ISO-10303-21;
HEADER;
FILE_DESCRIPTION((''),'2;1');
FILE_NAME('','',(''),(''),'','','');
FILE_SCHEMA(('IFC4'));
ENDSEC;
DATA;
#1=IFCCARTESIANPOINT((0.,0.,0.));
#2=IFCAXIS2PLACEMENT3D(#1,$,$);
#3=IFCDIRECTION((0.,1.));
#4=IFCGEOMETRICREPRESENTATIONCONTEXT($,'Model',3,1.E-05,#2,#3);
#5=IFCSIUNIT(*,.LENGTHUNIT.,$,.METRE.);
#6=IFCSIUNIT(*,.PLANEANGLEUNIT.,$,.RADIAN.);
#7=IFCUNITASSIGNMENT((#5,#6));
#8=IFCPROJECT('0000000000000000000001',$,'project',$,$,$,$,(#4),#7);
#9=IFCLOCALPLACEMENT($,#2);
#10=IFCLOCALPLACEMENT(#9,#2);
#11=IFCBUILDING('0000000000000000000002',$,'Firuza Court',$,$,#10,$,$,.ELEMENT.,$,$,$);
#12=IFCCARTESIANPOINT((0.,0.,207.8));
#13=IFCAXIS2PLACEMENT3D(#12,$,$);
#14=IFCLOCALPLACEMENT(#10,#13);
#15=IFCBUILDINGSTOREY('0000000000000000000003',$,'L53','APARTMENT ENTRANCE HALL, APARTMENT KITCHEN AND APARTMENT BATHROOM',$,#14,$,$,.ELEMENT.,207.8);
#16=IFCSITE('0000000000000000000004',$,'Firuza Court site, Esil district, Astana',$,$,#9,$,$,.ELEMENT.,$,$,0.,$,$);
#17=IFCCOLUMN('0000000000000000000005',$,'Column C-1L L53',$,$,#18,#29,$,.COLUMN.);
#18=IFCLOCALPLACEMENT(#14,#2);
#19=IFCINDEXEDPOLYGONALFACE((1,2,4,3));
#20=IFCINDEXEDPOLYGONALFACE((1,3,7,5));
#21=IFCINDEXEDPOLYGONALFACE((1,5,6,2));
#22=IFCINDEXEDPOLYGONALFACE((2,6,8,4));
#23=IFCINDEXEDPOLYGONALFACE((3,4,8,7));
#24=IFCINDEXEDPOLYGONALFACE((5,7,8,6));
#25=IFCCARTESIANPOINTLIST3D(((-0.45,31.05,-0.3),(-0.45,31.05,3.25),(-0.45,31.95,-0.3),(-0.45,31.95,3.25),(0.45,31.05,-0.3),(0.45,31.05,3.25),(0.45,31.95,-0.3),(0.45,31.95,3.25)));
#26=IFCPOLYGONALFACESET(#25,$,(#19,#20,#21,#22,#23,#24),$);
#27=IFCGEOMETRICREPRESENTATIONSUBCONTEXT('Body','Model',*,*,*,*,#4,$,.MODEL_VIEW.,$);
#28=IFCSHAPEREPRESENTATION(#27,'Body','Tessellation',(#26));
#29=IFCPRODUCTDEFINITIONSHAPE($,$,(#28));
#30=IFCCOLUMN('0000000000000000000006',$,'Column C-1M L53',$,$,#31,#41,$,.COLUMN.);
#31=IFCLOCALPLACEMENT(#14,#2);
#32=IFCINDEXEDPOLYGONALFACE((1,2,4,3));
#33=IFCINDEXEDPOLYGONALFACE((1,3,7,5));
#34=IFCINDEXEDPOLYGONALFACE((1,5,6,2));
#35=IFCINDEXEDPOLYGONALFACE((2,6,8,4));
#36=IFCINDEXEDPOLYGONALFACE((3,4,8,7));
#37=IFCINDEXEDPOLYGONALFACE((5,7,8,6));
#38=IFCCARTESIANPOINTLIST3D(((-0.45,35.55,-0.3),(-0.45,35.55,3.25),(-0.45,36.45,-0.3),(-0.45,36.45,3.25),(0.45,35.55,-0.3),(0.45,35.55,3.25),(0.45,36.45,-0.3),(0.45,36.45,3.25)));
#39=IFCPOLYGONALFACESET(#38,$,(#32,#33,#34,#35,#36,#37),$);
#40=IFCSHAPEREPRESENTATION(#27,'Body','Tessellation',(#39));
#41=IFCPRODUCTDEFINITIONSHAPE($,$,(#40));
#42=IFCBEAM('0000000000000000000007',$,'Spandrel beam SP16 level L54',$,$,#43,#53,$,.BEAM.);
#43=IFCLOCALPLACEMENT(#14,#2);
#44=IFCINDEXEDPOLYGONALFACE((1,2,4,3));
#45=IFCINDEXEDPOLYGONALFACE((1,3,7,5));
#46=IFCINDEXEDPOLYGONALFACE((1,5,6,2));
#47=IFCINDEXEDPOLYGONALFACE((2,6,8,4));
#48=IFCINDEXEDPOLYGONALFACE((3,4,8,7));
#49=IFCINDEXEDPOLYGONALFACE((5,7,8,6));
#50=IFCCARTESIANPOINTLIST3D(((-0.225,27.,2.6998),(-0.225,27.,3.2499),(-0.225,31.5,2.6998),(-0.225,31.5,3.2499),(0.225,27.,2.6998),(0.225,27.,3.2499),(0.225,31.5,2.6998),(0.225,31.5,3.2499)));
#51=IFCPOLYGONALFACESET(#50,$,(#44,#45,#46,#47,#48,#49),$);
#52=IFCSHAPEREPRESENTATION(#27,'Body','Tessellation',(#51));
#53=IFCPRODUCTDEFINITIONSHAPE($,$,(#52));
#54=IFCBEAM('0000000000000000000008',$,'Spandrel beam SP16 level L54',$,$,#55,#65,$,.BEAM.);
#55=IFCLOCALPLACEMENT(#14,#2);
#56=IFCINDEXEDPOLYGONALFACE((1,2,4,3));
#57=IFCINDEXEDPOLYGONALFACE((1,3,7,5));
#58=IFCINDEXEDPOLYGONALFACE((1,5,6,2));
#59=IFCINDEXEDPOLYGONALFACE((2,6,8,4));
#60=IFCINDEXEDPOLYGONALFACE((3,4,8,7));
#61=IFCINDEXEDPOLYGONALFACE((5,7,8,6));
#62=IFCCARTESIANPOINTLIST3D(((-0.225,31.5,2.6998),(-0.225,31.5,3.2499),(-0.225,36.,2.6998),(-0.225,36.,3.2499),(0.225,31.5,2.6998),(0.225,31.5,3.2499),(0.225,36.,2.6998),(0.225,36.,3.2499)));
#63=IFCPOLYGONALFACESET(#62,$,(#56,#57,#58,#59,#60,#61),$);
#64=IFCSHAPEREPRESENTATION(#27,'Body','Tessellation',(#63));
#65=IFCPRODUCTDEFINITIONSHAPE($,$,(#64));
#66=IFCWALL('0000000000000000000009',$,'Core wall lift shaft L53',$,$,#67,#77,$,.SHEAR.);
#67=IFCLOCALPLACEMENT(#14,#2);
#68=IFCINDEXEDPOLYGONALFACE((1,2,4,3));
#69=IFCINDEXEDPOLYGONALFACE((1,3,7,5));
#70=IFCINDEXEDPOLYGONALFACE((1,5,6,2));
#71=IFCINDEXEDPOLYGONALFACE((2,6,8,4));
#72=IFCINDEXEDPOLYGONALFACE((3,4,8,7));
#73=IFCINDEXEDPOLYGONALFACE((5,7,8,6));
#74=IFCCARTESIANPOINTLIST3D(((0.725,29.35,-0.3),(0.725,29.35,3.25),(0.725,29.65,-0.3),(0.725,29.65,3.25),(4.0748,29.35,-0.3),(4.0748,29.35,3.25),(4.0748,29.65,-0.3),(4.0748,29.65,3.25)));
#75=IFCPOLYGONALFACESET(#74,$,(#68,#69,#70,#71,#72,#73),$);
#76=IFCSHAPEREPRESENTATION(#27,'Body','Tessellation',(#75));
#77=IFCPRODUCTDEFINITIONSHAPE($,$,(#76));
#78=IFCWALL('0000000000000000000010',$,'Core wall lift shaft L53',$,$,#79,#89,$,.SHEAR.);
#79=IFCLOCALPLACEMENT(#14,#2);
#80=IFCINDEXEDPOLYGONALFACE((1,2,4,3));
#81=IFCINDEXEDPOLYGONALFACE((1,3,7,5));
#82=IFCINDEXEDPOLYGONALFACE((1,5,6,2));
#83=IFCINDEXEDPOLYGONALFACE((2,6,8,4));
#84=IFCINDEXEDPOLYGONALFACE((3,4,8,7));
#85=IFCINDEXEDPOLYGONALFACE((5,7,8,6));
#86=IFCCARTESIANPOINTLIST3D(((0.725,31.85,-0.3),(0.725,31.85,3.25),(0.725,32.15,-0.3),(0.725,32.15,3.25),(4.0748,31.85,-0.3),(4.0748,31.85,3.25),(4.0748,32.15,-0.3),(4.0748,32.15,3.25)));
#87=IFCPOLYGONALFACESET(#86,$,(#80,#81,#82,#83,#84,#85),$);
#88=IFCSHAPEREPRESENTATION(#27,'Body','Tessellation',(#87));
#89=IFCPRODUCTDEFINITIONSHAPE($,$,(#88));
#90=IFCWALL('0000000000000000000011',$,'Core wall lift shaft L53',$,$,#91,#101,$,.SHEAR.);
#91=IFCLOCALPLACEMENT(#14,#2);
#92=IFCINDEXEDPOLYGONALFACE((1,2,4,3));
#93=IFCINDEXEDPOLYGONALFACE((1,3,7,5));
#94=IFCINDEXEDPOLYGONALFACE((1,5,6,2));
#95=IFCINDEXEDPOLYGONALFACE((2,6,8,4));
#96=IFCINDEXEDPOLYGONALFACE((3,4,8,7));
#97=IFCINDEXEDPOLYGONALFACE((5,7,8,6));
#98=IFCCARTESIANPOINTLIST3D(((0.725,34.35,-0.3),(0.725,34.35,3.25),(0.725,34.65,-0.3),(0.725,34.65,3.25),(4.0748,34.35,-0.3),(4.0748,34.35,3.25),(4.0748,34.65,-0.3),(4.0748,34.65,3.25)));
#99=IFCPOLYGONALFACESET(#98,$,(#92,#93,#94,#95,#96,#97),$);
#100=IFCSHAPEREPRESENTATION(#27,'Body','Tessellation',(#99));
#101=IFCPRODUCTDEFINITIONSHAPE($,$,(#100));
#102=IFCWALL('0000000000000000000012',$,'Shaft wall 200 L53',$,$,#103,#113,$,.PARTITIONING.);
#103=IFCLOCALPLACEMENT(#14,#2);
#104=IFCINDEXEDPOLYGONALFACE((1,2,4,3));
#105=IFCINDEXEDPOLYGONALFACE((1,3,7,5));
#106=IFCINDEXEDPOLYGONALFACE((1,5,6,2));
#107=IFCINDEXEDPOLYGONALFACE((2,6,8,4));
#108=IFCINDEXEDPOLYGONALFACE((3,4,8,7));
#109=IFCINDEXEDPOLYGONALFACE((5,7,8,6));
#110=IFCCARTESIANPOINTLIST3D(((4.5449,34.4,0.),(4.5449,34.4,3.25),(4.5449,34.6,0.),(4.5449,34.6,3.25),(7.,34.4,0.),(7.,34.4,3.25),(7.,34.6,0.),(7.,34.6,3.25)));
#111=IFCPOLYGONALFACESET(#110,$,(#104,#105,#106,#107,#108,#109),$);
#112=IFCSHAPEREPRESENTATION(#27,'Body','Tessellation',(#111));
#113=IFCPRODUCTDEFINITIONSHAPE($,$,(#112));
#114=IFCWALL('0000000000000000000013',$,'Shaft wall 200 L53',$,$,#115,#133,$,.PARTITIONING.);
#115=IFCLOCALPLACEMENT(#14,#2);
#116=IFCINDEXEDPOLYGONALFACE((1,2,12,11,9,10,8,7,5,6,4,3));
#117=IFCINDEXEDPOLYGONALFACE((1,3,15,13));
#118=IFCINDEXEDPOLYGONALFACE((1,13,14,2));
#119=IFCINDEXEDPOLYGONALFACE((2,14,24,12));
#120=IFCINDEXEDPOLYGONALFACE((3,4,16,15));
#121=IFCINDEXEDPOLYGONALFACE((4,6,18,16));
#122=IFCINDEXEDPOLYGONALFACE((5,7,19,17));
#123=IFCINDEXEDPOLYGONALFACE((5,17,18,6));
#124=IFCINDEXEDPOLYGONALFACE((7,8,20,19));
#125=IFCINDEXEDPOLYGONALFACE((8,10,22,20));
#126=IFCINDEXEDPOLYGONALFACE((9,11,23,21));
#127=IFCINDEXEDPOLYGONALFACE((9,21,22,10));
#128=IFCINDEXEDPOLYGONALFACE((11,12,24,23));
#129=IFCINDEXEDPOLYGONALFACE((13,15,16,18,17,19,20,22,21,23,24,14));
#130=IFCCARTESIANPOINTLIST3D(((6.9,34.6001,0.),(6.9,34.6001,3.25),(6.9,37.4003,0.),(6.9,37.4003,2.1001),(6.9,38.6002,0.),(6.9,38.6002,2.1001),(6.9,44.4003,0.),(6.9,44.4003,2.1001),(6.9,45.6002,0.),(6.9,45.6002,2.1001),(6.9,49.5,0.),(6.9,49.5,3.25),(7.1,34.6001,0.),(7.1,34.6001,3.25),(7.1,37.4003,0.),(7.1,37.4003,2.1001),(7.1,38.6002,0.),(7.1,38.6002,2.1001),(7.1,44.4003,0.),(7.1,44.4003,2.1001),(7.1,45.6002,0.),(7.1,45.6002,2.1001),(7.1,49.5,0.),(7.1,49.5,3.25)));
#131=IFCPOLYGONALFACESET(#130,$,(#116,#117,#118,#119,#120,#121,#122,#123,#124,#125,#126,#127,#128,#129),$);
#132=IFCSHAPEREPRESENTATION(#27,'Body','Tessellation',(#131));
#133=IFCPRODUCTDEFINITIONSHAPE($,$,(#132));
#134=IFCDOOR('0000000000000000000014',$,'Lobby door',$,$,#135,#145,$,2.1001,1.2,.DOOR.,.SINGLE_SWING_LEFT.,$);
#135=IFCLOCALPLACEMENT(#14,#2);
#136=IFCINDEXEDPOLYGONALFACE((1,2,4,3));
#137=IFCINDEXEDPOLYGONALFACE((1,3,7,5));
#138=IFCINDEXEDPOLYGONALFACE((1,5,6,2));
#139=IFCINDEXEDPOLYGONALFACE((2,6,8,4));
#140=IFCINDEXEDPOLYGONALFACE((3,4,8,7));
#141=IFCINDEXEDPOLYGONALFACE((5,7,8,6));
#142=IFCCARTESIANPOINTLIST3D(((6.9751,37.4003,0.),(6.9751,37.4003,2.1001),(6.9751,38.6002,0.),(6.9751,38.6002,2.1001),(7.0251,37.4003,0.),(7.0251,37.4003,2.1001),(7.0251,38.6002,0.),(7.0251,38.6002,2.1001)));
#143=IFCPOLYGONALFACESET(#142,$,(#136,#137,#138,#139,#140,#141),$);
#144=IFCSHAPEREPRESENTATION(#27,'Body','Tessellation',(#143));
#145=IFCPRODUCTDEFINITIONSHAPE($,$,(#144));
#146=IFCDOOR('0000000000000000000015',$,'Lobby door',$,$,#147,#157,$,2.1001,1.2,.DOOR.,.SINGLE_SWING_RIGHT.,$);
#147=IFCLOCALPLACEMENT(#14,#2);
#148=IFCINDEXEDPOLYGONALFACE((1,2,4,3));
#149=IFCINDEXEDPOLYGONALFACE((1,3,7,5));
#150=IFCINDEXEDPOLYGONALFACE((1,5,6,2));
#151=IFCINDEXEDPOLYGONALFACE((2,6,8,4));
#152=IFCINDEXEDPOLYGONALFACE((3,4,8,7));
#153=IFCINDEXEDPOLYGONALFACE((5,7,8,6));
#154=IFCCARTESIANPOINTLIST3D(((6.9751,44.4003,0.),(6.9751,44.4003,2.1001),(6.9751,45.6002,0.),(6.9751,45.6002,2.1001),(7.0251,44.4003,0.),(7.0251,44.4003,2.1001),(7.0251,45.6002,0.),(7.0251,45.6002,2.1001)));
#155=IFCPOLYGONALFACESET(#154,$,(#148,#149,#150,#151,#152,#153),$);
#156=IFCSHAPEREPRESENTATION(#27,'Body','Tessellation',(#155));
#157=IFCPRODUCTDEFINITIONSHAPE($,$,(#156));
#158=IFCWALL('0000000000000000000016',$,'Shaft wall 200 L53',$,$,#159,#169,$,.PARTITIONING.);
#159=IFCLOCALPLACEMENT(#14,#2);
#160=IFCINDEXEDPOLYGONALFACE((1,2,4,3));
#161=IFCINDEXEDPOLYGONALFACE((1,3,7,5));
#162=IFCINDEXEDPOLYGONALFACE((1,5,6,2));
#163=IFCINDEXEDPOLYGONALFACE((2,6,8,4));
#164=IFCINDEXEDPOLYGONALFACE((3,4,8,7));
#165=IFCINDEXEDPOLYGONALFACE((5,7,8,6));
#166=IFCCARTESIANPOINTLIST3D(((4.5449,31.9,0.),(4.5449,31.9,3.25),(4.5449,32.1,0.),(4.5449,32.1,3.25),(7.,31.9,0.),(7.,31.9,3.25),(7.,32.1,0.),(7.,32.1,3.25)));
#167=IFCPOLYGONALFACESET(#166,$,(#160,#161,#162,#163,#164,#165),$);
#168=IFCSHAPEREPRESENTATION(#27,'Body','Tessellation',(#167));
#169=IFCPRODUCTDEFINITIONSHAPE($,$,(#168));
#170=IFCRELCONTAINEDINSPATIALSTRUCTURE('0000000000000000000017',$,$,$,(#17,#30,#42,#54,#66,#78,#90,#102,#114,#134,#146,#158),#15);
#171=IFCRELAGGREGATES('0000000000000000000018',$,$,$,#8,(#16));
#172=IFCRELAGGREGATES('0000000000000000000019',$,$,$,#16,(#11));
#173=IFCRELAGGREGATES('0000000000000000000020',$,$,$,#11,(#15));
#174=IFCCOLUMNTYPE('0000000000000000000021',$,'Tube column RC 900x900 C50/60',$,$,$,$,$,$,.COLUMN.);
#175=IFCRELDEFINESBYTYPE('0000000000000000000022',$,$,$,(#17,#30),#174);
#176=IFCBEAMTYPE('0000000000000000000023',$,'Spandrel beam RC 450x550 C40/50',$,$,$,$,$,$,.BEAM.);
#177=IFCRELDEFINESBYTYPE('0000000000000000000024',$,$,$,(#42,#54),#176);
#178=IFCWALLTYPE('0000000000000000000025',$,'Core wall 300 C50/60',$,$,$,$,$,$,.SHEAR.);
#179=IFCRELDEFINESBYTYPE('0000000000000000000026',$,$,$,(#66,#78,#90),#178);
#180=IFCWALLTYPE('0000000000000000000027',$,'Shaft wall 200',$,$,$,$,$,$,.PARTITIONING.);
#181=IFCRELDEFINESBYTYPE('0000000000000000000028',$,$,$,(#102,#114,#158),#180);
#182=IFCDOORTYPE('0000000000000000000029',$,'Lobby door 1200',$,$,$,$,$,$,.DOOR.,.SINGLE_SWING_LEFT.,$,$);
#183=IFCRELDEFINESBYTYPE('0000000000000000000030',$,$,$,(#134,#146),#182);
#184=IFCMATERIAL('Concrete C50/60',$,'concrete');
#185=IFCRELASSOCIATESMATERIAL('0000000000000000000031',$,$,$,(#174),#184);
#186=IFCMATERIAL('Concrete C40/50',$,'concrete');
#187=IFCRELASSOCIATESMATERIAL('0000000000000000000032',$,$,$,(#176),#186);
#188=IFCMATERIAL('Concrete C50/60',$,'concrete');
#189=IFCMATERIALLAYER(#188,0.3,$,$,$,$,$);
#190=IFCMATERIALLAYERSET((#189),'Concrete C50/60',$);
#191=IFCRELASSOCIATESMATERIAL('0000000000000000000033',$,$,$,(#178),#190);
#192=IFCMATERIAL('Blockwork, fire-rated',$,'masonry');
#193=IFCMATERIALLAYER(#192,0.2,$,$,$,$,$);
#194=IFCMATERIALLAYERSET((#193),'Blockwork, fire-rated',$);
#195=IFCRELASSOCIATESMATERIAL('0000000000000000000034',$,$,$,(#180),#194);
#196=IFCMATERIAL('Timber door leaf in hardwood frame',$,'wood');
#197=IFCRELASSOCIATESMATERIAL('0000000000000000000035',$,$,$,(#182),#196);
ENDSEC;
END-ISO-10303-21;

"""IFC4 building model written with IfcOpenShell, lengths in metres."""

from ifc_helpers import new_model, si_unit, direction, frame, frame_2d, origin, origin_2d, place, context, subcontext, project, spatial, rectangle, extrude, material, layer, layer_set, material_profile, profile_set, type_object, element, fill, save


model = new_model("IFC4")

# Units and contexts
model_context = context("Model", 3, precision=1e-05, world=origin(), true_north=direction((0.0, 1.0)))
body_context = subcontext(model_context, "Body", "Model", "MODEL_VIEW")
ifc_project = project(units=[si_unit("LENGTHUNIT", "METRE"), si_unit("PLANEANGLEUNIT", "RADIAN")], contexts=[model_context])

# Site, building, storey
site_placement = place(None, origin())
site = spatial("IfcSite", under=ifc_project, at=site_placement, Name="Firuza Court site, Esil district, Astana", CompositionType="ELEMENT", RefElevation=0.0)
building_placement = place(site_placement, origin())
building = spatial("IfcBuilding", under=site, at=building_placement, Name="Firuza Court", CompositionType="ELEMENT")
storey_placement = place(building_placement, frame((0.0, 0.0, 207.8)))
storey = spatial("IfcBuildingStorey", under=building, at=storey_placement, Name="L53", Description="APARTMENT ENTRANCE HALL, APARTMENT KITCHEN AND APARTMENT BATHROOM", CompositionType="ELEMENT", Elevation=207.8)

# Columns
ifc_material_1 = material(Name="Concrete C50/60", Category="concrete")
ifc_material_profile_1 = material_profile(ifc_material_1, rectangle(XDim=0.8999, YDim=0.8999, at=origin_2d()), Name="RC 900x900")
ifc_profile_set_1 = profile_set([ifc_material_profile_1], Name="Concrete C50/60")
column_type = type_object("IfcColumnType", Name="Tube column RC 900x900 C50/60", PredefinedType="COLUMN", material=ifc_profile_set_1)
for number, where, z_axis, x_axis, name in (
    (1, (0.0, 31.5, -0.3), (0.0, 0.0, 1.0), (1.0, 0.0, 0.0), "Column C-1L L53"),
    (2, (0.0, 36.0, -0.3), (0.0, 0.0, 1.0), (1.0, 0.0, 0.0), "Column C-1M L53"),
):
    element("IfcColumn", number, at=place(storey_placement, frame(where, z_axis=z_axis, x_axis=x_axis)), inside=storey, type_object=column_type, Name=name, PredefinedType="COLUMN", context=body_context, shape_type="SweptSolid", body=[
        extrude(rectangle(XDim=0.8999, YDim=0.8999, at=origin_2d()), origin(), (0.0, 0.0, 1.0), 3.55),
    ])

# Beams
ifc_material_2 = material(Name="Concrete C40/50", Category="concrete")
ifc_material_profile_2 = material_profile(ifc_material_2, rectangle(XDim=0.45, YDim=0.55, at=origin_2d()), Name="RC 450x550")
ifc_profile_set_2 = profile_set([ifc_material_profile_2], Name="Concrete C40/50")
beam_type = type_object("IfcBeamType", Name="Spandrel beam RC 450x550 C40/50", PredefinedType="BEAM", material=ifc_profile_set_2)
for number, where, z_axis, x_axis, name in (
    (3, (0.0, 31.5, 2.9749), (0.0, -1.0, 0.0), (1.0, 0.0, 0.0), "Spandrel beam SP16 level L54"),
    (4, (0.0, 36.0, 2.9749), (0.0, -1.0, 0.0), (1.0, 0.0, 0.0), "Spandrel beam SP16 level L54"),
):
    element("IfcBeam", number, at=place(storey_placement, frame(where, z_axis=z_axis, x_axis=x_axis)), inside=storey, type_object=beam_type, Name=name, PredefinedType="BEAM", context=body_context, shape_type="SweptSolid", body=[
        extrude(rectangle(XDim=0.45, YDim=0.55, at=origin_2d()), origin(), (0.0, 0.0, 1.0), 4.5),
    ])

# Walls
ifc_material_3 = material(Name="Concrete C50/60", Category="concrete")
ifc_layer_1 = layer(ifc_material_3, 0.3)
ifc_layer_set_1 = layer_set([ifc_layer_1], Name="Concrete C50/60")
wall_type_1 = type_object("IfcWallType", Name="Core wall 300 C50/60", PredefinedType="SHEAR", material=ifc_layer_set_1)
for number, where, z_axis, x_axis, name in (
    (5, (0.7251, 29.5, -0.3), (0.0, 0.0, 1.0), (1.0, 0.0, 0.0), "Core wall lift shaft L53"),
    (6, (0.7251, 32.0, -0.3), (0.0, 0.0, 1.0), (1.0, 0.0, 0.0), "Core wall lift shaft L53"),
    (7, (0.7251, 34.5, -0.3), (0.0, 0.0, 1.0), (1.0, 0.0, 0.0), "Core wall lift shaft L53"),
):
    element("IfcWall", number, at=place(storey_placement, frame(where, z_axis=z_axis, x_axis=x_axis)), inside=storey, type_object=wall_type_1, Name=name, PredefinedType="SHEAR", context=body_context, shape_type="SweptSolid", body=[
        extrude(rectangle(XDim=3.3499, YDim=0.3, at=frame_2d((1.6748, 0.0))), origin(), (0.0, 0.0, 1.0), 3.55),
    ])

# Wall
ifc_material_4 = material(Name="Blockwork, fire-rated", Category="masonry")
ifc_layer_2 = layer(ifc_material_4, 0.2)
ifc_layer_set_2 = layer_set([ifc_layer_2], Name="Blockwork, fire-rated")
wall_type_2 = type_object("IfcWallType", Name="Shaft wall 200", PredefinedType="PARTITIONING", material=ifc_layer_set_2)
wall_1_placement = place(storey_placement, frame((4.5449, 34.5, 0.0), z_axis=(0.0, 0.0, 1.0), x_axis=(1.0, 0.0, 0.0)))
element("IfcWall", 8, at=wall_1_placement, inside=storey, type_object=wall_type_2, Name="Shaft wall 200 L53", PredefinedType="PARTITIONING", context=body_context, shape_type="SweptSolid", body=[
    extrude(rectangle(XDim=2.4551, YDim=0.2, at=frame_2d((1.2275, 0.0))), origin(), (0.0, 0.0, 1.0), 3.25),
])

# Wall, openings, doors
wall_2_placement = place(storey_placement, frame((7.0, 34.6001, 0.0), z_axis=(0.0, 0.0, 1.0), x_axis=(0.0, 1.0, 0.0)))
wall_2 = element("IfcWall", 9, at=wall_2_placement, inside=storey, type_object=wall_type_2, Name="Shaft wall 200 L53", PredefinedType="PARTITIONING", context=body_context, shape_type="SweptSolid", body=[
    extrude(rectangle(XDim=14.8999, YDim=0.2, at=frame_2d((7.45, 0.0))), origin(), (0.0, 0.0, 1.0), 3.25),
])
opening_1_placement = place(wall_2_placement, frame((2.8, 0.0, 0.0)))
opening_1 = element("IfcOpeningElement", 10, at=opening_1_placement, cuts=wall_2, PredefinedType="OPENING", context=body_context, shape_type="SweptSolid", body=[
    extrude(rectangle(XDim=1.2, YDim=2.1001, at=frame_2d((0.6001, 1.05))), frame((0.0, 0.1118, 0.0), z_axis=(0.0, -1.0, 0.0), x_axis=(1.0, 0.0, 0.0)), (0.0, 0.0, 1.0), 0.2239),
])
opening_2_placement = place(wall_2_placement, frame((9.8, 0.0, 0.0)))
opening_2 = element("IfcOpeningElement", 11, at=opening_2_placement, cuts=wall_2, PredefinedType="OPENING", context=body_context, shape_type="SweptSolid", body=[
    extrude(rectangle(XDim=1.2, YDim=2.1001, at=frame_2d((0.6001, 1.05))), frame((0.0, 0.1118, 0.0), z_axis=(0.0, -1.0, 0.0), x_axis=(1.0, 0.0, 0.0)), (0.0, 0.0, 1.0), 0.2239),
])
ifc_material_5 = material(Name="Timber door leaf in hardwood frame", Category="wood")
door_type_1 = type_object("IfcDoorType", Name="Lobby door 1200", OperationType="SINGLE_SWING_LEFT", PredefinedType="DOOR", material=ifc_material_5)
door_1_placement = place(opening_1_placement, origin())
door_1 = element("IfcDoor", 12, at=door_1_placement, inside=storey, type_object=door_type_1, Name="Lobby door", OperationType="SINGLE_SWING_LEFT", OverallHeight=2.1001, OverallWidth=1.2, PredefinedType="DOOR", context=body_context, shape_type="SweptSolid", body=[
    extrude(rectangle(XDim=1.2, YDim=2.1001, at=frame_2d((0.6001, 1.05))), frame((0.0, 0.0249, 0.0), z_axis=(0.0, -1.0, 0.0), x_axis=(1.0, 0.0, 0.0)), (0.0, 0.0, 1.0), 0.05),
])
fill(opening_1, door_1)
door_2_placement = place(opening_2_placement, origin())
door_2 = element("IfcDoor", 13, at=door_2_placement, inside=storey, type_object=door_type_1, Name="Lobby door", OperationType="SINGLE_SWING_RIGHT", OverallHeight=2.1001, OverallWidth=1.2, PredefinedType="DOOR", context=body_context, shape_type="SweptSolid", body=[
    extrude(rectangle(XDim=1.2, YDim=2.1001, at=frame_2d((0.6001, 1.05))), frame((0.0, 0.0249, 0.0), z_axis=(0.0, -1.0, 0.0), x_axis=(1.0, 0.0, 0.0)), (0.0, 0.0, 1.0), 0.05),
])
fill(opening_2, door_2)

# Wall
wall_3_placement = place(storey_placement, frame((4.5449, 32.0, 0.0), z_axis=(0.0, 0.0, 1.0), x_axis=(1.0, 0.0, 0.0)))
element("IfcWall", 14, at=wall_3_placement, inside=storey, type_object=wall_type_2, Name="Shaft wall 200 L53", PredefinedType="PARTITIONING", context=body_context, shape_type="SweptSolid", body=[
    extrude(rectangle(XDim=2.4551, YDim=0.2, at=frame_2d((1.2275, 0.0))), origin(), (0.0, 0.0, 1.0), 3.25),
])

save(model, "model.ifc")
